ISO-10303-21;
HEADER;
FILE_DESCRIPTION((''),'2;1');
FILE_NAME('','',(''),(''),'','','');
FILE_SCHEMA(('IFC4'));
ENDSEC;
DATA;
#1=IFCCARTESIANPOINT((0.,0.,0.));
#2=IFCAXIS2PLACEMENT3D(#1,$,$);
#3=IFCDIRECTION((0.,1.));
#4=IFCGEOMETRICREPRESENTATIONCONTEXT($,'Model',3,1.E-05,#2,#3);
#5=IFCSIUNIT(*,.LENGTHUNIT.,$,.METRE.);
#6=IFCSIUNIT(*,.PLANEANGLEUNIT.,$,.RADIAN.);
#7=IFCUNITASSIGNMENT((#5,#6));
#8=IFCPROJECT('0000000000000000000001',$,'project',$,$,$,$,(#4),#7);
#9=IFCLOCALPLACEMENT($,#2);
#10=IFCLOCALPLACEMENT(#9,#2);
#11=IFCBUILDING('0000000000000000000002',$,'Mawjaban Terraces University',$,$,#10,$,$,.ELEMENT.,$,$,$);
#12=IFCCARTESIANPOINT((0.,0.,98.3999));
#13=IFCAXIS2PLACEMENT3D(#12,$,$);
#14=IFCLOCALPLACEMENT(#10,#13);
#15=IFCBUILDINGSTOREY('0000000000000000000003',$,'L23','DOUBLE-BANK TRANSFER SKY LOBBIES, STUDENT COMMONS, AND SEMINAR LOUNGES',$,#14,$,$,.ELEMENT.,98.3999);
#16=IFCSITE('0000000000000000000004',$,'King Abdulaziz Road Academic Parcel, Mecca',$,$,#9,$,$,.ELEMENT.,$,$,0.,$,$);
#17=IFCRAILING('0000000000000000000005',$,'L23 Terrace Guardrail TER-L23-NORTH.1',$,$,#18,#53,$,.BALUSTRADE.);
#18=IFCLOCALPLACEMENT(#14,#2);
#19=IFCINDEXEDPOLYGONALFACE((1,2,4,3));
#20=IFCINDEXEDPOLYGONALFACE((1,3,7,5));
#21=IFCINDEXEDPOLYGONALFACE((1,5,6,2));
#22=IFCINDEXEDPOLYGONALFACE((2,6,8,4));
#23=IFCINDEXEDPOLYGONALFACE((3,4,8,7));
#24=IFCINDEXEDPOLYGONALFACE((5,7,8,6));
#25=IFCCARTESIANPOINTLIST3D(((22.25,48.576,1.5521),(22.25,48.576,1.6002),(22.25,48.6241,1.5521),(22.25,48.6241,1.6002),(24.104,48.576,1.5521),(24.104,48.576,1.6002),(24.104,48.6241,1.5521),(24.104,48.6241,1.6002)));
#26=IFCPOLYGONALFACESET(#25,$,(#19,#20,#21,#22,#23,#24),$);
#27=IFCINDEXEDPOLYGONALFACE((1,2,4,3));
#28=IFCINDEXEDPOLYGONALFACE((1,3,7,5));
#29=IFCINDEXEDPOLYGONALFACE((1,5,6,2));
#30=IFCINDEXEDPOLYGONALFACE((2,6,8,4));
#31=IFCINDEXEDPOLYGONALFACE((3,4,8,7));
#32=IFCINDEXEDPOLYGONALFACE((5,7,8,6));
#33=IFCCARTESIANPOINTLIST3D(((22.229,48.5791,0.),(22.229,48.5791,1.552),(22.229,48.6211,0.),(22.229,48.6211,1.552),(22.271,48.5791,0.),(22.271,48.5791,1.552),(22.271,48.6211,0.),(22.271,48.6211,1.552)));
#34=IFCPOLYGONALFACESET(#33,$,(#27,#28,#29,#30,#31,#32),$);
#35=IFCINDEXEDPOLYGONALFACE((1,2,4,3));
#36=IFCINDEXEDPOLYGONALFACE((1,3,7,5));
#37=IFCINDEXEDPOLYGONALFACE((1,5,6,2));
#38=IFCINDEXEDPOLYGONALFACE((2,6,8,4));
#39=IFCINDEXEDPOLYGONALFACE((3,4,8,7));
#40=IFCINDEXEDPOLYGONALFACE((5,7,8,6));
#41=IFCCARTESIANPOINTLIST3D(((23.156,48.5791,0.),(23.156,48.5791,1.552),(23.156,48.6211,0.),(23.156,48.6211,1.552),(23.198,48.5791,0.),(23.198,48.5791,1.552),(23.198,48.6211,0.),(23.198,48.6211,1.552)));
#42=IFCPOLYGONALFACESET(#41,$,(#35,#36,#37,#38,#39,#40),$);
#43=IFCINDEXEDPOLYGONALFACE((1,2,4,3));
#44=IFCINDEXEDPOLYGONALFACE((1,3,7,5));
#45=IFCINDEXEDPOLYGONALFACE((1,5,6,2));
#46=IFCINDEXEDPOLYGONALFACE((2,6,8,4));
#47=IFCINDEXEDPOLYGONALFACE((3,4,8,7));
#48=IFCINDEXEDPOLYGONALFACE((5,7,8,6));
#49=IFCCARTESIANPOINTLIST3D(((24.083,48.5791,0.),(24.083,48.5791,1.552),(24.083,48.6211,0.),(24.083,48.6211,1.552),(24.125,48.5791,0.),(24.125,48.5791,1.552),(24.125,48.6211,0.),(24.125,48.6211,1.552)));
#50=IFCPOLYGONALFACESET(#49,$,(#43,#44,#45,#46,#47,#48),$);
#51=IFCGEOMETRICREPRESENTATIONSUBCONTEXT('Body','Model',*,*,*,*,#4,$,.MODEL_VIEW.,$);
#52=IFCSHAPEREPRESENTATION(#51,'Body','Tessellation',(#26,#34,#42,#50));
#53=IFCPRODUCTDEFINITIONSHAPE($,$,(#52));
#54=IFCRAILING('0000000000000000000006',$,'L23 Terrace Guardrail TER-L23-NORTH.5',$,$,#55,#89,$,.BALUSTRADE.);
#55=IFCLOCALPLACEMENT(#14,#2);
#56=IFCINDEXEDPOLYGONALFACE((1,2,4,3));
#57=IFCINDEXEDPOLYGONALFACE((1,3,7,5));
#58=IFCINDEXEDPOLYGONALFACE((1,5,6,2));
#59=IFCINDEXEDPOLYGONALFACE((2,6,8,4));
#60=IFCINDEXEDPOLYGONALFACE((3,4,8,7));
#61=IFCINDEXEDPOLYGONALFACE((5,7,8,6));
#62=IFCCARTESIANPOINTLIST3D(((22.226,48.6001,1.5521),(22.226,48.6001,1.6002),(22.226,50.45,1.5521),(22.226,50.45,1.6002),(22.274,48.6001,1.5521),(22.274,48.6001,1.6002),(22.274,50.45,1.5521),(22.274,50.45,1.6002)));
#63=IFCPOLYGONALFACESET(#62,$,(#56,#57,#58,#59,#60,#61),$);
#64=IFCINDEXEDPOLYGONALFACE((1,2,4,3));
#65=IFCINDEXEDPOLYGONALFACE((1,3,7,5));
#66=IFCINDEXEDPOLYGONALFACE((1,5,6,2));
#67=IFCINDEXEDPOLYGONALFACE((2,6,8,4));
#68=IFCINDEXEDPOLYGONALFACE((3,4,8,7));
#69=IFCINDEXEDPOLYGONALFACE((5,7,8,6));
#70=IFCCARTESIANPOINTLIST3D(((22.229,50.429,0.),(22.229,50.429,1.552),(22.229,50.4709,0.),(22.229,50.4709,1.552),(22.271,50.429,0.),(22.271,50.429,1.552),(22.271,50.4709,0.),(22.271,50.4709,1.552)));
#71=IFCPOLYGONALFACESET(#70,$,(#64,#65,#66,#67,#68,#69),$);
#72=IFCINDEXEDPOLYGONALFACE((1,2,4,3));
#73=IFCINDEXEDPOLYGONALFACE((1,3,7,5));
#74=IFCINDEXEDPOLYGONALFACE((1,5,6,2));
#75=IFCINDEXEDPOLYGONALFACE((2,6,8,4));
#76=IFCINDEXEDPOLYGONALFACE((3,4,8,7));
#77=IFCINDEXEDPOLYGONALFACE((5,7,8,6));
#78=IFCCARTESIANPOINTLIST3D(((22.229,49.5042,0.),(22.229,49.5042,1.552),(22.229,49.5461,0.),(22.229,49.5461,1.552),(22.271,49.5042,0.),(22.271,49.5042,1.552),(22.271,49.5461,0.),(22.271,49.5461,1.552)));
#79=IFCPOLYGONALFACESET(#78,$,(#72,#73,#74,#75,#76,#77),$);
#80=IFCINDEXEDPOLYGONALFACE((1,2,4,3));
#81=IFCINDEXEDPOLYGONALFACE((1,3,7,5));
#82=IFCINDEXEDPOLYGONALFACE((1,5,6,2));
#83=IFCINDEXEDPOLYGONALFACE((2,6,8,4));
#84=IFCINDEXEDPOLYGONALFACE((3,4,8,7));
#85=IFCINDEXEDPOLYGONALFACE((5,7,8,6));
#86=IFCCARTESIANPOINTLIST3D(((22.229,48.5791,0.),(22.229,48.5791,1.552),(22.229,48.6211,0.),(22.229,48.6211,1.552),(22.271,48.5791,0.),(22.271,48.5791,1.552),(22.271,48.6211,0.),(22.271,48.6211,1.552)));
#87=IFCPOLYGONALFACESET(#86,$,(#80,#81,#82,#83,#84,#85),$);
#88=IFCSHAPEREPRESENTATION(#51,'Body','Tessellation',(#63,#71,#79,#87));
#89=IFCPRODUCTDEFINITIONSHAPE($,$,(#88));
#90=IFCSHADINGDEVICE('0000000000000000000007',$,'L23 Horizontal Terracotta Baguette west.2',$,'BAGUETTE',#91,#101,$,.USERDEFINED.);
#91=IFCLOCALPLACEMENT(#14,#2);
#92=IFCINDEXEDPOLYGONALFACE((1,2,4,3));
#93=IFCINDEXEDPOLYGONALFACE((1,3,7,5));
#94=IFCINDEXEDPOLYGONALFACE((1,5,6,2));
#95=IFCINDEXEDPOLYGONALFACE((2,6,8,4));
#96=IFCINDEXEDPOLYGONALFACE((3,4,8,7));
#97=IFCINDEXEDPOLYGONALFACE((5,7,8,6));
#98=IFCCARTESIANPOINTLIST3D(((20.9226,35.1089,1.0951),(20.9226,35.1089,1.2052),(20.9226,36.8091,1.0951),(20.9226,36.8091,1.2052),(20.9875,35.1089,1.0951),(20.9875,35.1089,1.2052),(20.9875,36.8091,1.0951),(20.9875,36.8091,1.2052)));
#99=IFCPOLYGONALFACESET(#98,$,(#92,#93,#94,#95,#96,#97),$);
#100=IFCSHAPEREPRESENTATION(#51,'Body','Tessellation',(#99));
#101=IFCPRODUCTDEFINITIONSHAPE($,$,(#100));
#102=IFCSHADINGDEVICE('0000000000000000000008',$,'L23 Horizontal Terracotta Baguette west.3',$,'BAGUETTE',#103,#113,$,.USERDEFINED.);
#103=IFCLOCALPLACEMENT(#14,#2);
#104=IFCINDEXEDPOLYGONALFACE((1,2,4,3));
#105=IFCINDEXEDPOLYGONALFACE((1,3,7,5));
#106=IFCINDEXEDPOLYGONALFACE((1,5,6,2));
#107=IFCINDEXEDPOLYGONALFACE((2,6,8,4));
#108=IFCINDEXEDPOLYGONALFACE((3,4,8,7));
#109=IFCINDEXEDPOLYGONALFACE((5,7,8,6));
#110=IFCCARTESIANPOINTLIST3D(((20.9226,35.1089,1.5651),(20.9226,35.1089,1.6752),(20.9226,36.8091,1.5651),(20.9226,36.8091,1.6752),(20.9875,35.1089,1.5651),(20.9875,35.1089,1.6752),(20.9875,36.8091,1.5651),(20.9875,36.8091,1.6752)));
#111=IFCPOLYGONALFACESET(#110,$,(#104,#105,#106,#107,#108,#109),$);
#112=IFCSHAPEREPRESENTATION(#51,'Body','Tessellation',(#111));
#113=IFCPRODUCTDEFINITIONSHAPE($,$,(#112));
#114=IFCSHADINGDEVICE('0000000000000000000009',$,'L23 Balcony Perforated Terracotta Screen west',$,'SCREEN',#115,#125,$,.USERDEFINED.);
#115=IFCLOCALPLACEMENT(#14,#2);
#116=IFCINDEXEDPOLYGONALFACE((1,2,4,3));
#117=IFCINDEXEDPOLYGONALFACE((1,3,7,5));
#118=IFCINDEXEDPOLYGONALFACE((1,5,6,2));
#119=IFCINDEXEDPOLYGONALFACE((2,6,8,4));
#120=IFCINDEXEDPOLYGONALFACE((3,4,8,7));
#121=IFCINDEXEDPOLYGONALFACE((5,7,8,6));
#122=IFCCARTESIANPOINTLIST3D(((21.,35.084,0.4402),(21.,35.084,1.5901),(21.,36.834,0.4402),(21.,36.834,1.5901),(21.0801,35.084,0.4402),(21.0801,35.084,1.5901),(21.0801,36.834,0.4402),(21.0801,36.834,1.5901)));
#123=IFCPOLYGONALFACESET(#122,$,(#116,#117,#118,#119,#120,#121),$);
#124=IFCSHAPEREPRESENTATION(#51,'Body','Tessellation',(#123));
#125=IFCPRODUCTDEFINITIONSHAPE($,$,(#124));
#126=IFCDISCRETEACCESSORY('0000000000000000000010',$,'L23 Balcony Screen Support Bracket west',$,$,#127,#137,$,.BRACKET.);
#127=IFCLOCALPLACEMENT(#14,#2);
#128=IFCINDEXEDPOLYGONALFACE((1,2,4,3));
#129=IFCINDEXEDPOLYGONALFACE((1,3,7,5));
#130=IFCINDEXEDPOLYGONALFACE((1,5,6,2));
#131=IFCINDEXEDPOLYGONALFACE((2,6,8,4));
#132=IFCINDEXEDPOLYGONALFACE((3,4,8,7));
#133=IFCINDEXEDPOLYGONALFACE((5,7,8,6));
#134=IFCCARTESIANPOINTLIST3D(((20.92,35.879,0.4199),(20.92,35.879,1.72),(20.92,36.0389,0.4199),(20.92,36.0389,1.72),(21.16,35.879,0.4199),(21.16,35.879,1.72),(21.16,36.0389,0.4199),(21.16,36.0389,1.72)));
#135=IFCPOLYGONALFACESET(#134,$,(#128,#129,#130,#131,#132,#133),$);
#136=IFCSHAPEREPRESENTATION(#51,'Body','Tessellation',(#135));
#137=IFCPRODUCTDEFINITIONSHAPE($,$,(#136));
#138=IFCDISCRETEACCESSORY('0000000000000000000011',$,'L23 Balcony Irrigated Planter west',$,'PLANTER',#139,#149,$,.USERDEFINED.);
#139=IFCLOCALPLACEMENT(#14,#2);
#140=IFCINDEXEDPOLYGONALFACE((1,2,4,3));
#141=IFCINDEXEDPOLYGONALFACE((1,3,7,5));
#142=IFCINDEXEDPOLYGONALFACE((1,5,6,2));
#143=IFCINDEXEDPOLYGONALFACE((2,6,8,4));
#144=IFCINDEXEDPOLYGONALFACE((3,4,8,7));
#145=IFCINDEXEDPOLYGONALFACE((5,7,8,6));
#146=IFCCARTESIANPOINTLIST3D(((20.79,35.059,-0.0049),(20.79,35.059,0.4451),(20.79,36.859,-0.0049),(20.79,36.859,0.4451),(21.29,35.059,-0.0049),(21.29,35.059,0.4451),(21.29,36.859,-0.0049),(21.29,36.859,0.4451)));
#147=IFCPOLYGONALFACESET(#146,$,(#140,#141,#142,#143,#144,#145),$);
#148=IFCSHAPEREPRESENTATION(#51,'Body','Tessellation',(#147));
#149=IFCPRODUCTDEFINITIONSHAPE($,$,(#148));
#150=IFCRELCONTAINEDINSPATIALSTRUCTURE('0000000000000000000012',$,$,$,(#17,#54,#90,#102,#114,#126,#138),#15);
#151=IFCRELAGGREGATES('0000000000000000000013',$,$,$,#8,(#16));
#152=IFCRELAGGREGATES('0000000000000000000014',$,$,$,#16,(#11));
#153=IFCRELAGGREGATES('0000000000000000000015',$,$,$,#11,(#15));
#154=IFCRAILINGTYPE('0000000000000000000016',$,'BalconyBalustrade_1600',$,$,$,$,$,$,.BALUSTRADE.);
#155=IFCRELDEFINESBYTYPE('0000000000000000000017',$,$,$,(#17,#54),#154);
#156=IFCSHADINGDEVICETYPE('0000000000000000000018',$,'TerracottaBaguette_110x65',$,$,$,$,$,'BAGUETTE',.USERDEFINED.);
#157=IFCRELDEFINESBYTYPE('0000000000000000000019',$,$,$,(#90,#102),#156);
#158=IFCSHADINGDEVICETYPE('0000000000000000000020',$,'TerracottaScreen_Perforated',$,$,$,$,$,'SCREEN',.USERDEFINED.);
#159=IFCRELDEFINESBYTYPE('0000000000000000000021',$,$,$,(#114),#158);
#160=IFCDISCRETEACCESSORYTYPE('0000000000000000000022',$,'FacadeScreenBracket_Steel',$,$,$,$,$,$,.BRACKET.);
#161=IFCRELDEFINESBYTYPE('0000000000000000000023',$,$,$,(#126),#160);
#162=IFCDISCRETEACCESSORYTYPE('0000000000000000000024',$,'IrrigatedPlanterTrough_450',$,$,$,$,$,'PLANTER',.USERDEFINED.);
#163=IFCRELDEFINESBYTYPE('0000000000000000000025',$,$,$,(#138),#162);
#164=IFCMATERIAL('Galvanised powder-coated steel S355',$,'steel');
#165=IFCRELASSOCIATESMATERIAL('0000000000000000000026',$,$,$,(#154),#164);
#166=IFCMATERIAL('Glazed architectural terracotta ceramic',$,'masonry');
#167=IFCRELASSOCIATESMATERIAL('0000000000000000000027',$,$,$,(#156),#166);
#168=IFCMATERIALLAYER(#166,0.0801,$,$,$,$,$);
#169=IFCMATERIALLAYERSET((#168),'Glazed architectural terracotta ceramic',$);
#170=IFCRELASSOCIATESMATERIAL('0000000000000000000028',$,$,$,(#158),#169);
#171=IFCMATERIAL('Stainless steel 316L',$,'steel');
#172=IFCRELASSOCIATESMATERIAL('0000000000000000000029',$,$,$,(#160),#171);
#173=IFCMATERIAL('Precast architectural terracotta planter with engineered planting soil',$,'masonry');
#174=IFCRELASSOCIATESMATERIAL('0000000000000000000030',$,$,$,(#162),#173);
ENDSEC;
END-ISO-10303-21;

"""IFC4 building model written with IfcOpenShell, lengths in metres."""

from ifc_helpers import new_model, si_unit, direction, frame, origin, origin_2d, place, context, subcontext, project, spatial, rectangle, extrude, material, layer, layer_set, material_profile, profile_set, type_object, element, save


model = new_model("IFC4")

# Units and contexts
model_context = context("Model", 3, precision=1e-05, world=origin(), true_north=direction((0.0, 1.0)))
body_context = subcontext(model_context, "Body", "Model", "MODEL_VIEW")
ifc_project = project(units=[si_unit("LENGTHUNIT", "METRE"), si_unit("PLANEANGLEUNIT", "RADIAN")], contexts=[model_context])

# Site, building, storey
site_placement = place(None, origin())
site = spatial("IfcSite", under=ifc_project, at=site_placement, Name="King Abdulaziz Road Academic Parcel, Mecca", CompositionType="ELEMENT", RefElevation=0.0)
building_placement = place(site_placement, origin())
building = spatial("IfcBuilding", under=site, at=building_placement, Name="Mawjaban Terraces University", CompositionType="ELEMENT")
storey_placement = place(building_placement, frame((0.0, 0.0, 98.3999)))
storey = spatial("IfcBuildingStorey", under=building, at=storey_placement, Name="L23", Description="DOUBLE-BANK TRANSFER SKY LOBBIES, STUDENT COMMONS, AND SEMINAR LOUNGES", CompositionType="ELEMENT", Elevation=98.3999)

# Railings
ifc_material_1 = material(Name="Galvanised powder-coated steel S355", Category="steel")
railing_type = type_object("IfcRailingType", Name="BalconyBalustrade_1600", PredefinedType="BALUSTRADE", material=ifc_material_1)
railing_1_placement = place(storey_placement, frame((22.25, 48.6001, 0.0)))
element("IfcRailing", 1, at=railing_1_placement, inside=storey, type_object=railing_type, Name="L23 Terrace Guardrail TER-L23-NORTH.1", PredefinedType="BALUSTRADE", context=body_context, shape_type="SweptSolid", body=[
    extrude(rectangle(XDim=0.0481, YDim=0.0481, at=origin_2d()), frame((0.0, 0.0, 1.5762), z_axis=(1.0, 0.0, 0.0), x_axis=(0.0, 1.0, 0.0)), (0.0, 0.0, 1.0), 1.854),
    extrude(rectangle(XDim=0.042, YDim=0.042, at=origin_2d()), origin(), (0.0, 0.0, 1.0), 1.552),
    extrude(rectangle(XDim=0.042, YDim=0.042, at=origin_2d()), frame((0.927, 0.0, 0.0)), (0.0, 0.0, 1.0), 1.552),
    extrude(rectangle(XDim=0.042, YDim=0.042, at=origin_2d()), frame((1.854, 0.0, 0.0)), (0.0, 0.0, 1.0), 1.552),
])
railing_2_placement = place(storey_placement, frame((22.25, 50.45, 0.0)))
element("IfcRailing", 2, at=railing_2_placement, inside=storey, type_object=railing_type, Name="L23 Terrace Guardrail TER-L23-NORTH.5", PredefinedType="BALUSTRADE", context=body_context, shape_type="SweptSolid", body=[
    extrude(rectangle(XDim=0.0481, YDim=0.0481, at=origin_2d()), frame((0.0, 0.0, 1.5762), z_axis=(0.0, -1.0, 0.0), x_axis=(1.0, 0.0, 0.0)), (0.0, 0.0, 1.0), 1.8499),
    extrude(rectangle(XDim=0.042, YDim=0.042, at=origin_2d()), origin(), (0.0, 0.0, 1.0), 1.552),
    extrude(rectangle(XDim=0.042, YDim=0.042, at=origin_2d()), frame((0.0, -0.9248, 0.0)), (0.0, 0.0, 1.0), 1.552),
    extrude(rectangle(XDim=0.042, YDim=0.042, at=origin_2d()), frame((0.0, -1.8499, 0.0)), (0.0, 0.0, 1.0), 1.552),
])

# Shading devices
ifc_material_2 = material(Name="Glazed architectural terracotta ceramic", Category="masonry")
ifc_material_profile_1 = material_profile(ifc_material_2, rectangle(XDim=0.0649, YDim=0.1101, at=origin_2d()), Name="TBAG110X65")
ifc_profile_set_1 = profile_set([ifc_material_profile_1], Name="Glazed architectural terracotta ceramic")
shading_device_type_1 = type_object("IfcShadingDeviceType", Name="TerracottaBaguette_110x65", ElementType="BAGUETTE", PredefinedType="USERDEFINED", material=ifc_profile_set_1)
for number, where, z_axis, x_axis, name in (
    (3, (20.9551, 35.1089, 1.1501), (0.0, 1.0, 0.0), (-1.0, 0.0, 0.0), "L23 Horizontal Terracotta Baguette west.2"),
    (4, (20.9551, 35.1089, 1.6201), (0.0, 1.0, 0.0), (-1.0, 0.0, 0.0), "L23 Horizontal Terracotta Baguette west.3"),
):
    element("IfcShadingDevice", number, at=place(storey_placement, frame(where, z_axis=z_axis, x_axis=x_axis)), inside=storey, type_object=shading_device_type_1, Name=name, ObjectType="BAGUETTE", PredefinedType="USERDEFINED", context=body_context, shape_type="SweptSolid", body=[
        extrude(rectangle(XDim=0.0649, YDim=0.1101, at=origin_2d()), origin(), (0.0, 0.0, 1.0), 1.7002),
    ])
ifc_layer_1 = layer(ifc_material_2, 0.0801)
ifc_layer_set_1 = layer_set([ifc_layer_1], Name="Glazed architectural terracotta ceramic")
shading_device_type_2 = type_object("IfcShadingDeviceType", Name="TerracottaScreen_Perforated", ElementType="SCREEN", PredefinedType="USERDEFINED", material=ifc_layer_set_1)
shading_device_placement = place(storey_placement, frame((21.04, 35.959, 0.4402), z_axis=(0.0, 0.0, 1.0), x_axis=(0.0, 1.0, 0.0)))
element("IfcShadingDevice", 5, at=shading_device_placement, inside=storey, type_object=shading_device_type_2, Name="L23 Balcony Perforated Terracotta Screen west", ObjectType="SCREEN", PredefinedType="USERDEFINED", context=body_context, shape_type="SweptSolid", body=[
    extrude(rectangle(XDim=1.75, YDim=0.0801, at=origin_2d()), origin(), (0.0, 0.0, 1.0), 1.1499),
])

# Discrete accessories
ifc_material_3 = material(Name="Stainless steel 316L", Category="steel")
discrete_accessory_type_1 = type_object("IfcDiscreteAccessoryType", Name="FacadeScreenBracket_Steel", PredefinedType="BRACKET", material=ifc_material_3)
discrete_accessory_1_placement = place(storey_placement, frame((21.04, 35.959, 0.4199), z_axis=(0.0, 0.0, 1.0), x_axis=(0.0, 1.0, 0.0)))
element("IfcDiscreteAccessory", 6, at=discrete_accessory_1_placement, inside=storey, type_object=discrete_accessory_type_1, Name="L23 Balcony Screen Support Bracket west", PredefinedType="BRACKET", context=body_context, shape_type="SweptSolid", body=[
    extrude(rectangle(XDim=0.1599, YDim=0.24, at=origin_2d()), origin(), (0.0, 0.0, 1.0), 1.3),
])
ifc_material_4 = material(Name="Precast architectural terracotta planter with engineered planting soil", Category="masonry")
discrete_accessory_type_2 = type_object("IfcDiscreteAccessoryType", Name="IrrigatedPlanterTrough_450", ElementType="PLANTER", PredefinedType="USERDEFINED", material=ifc_material_4)
discrete_accessory_2_placement = place(storey_placement, frame((21.04, 35.959, -0.0049), z_axis=(0.0, 0.0, 1.0), x_axis=(0.0, 1.0, 0.0)))
element("IfcDiscreteAccessory", 7, at=discrete_accessory_2_placement, inside=storey, type_object=discrete_accessory_type_2, Name="L23 Balcony Irrigated Planter west", ObjectType="PLANTER", PredefinedType="USERDEFINED", context=body_context, shape_type="SweptSolid", body=[
    extrude(rectangle(XDim=1.8, YDim=0.5, at=origin_2d()), origin(), (0.0, 0.0, 1.0), 0.45),
])

save(model, "model.ifc")
